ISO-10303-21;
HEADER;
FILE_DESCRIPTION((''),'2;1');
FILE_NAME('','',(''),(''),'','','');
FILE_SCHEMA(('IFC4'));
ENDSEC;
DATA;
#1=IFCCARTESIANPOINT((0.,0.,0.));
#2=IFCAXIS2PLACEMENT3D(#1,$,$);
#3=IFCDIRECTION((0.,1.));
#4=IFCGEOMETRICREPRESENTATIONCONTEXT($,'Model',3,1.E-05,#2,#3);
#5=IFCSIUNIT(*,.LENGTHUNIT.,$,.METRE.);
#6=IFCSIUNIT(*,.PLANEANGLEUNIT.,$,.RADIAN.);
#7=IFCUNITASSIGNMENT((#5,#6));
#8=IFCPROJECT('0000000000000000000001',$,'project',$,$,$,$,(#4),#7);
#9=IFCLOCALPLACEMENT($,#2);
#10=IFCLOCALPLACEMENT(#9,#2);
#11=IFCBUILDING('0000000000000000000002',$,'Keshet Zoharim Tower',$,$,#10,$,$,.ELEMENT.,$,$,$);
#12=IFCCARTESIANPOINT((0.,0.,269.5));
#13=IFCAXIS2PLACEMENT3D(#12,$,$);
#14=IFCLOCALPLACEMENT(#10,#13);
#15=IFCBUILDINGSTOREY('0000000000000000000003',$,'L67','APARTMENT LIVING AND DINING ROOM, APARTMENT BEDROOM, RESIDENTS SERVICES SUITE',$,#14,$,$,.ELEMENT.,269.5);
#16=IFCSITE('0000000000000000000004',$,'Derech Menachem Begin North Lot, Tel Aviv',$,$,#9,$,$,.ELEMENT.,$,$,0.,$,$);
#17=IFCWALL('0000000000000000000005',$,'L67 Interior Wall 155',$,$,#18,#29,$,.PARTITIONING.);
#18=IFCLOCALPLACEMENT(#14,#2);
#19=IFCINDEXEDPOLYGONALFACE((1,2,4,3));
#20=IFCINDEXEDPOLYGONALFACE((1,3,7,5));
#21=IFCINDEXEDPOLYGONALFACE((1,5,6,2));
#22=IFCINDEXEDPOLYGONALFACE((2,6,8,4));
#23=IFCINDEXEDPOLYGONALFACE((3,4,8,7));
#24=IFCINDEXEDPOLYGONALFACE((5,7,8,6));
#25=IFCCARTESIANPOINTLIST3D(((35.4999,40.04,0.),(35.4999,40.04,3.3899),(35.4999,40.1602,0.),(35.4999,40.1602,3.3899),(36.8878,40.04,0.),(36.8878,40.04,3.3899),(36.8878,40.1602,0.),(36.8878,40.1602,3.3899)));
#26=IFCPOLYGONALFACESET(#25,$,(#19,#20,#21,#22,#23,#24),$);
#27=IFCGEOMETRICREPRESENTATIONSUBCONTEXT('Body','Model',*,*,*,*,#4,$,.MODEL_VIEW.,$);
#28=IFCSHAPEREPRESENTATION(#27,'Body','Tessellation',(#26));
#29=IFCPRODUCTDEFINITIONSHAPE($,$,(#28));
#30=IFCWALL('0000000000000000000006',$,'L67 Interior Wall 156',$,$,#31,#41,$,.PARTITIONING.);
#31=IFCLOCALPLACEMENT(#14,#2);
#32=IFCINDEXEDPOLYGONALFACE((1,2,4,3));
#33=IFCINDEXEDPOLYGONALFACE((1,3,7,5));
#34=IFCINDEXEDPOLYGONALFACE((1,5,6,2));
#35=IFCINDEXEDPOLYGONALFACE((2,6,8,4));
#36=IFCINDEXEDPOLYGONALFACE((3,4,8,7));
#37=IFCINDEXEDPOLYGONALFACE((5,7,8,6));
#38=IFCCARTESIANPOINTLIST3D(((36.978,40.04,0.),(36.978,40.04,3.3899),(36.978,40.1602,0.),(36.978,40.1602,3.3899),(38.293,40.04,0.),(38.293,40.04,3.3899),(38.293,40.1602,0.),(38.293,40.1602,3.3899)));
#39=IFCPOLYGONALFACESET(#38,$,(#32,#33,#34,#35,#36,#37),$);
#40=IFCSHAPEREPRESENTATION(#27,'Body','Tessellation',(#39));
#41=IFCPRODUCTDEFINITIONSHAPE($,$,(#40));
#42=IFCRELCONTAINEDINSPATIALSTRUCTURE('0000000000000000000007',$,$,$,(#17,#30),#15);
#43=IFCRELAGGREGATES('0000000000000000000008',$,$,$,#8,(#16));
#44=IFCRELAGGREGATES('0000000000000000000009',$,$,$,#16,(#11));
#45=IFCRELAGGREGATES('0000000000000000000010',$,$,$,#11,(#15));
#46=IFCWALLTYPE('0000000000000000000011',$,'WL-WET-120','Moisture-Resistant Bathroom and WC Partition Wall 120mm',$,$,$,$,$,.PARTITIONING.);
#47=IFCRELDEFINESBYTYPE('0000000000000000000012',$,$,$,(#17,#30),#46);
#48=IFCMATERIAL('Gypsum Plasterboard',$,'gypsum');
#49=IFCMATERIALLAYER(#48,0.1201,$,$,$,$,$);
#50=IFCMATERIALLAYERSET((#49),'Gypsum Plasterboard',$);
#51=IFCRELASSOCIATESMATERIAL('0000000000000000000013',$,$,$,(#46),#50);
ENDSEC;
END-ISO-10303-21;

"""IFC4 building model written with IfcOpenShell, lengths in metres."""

from ifc_helpers import new_model, si_unit, direction, frame, frame_2d, origin, place, context, subcontext, project, spatial, rectangle, extrude, material, layer, layer_set, type_object, element, save


model = new_model("IFC4")

# Units and contexts
model_context = context("Model", 3, precision=1e-05, world=origin(), true_north=direction((0.0, 1.0)))
body_context = subcontext(model_context, "Body", "Model", "MODEL_VIEW")
ifc_project = project(units=[si_unit("LENGTHUNIT", "METRE"), si_unit("PLANEANGLEUNIT", "RADIAN")], contexts=[model_context])

# Site, building, storey
site_placement = place(None, origin())
site = spatial("IfcSite", under=ifc_project, at=site_placement, Name="Derech Menachem Begin North Lot, Tel Aviv", CompositionType="ELEMENT", RefElevation=0.0)
building_placement = place(site_placement, origin())
building = spatial("IfcBuilding", under=site, at=building_placement, Name="Keshet Zoharim Tower", CompositionType="ELEMENT")
storey_placement = place(building_placement, frame((0.0, 0.0, 269.5)))
storey = spatial("IfcBuildingStorey", under=building, at=storey_placement, Name="L67", Description="APARTMENT LIVING AND DINING ROOM, APARTMENT BEDROOM, RESIDENTS SERVICES SUITE", CompositionType="ELEMENT", Elevation=269.5)

# Shared definitions
ifc_material_1 = material(Name="Gypsum Plasterboard", Category="gypsum")

# Shared definitions
ifc_layer_1 = layer(ifc_material_1, 0.1201)
ifc_layer_set_1 = layer_set([ifc_layer_1], Name="Gypsum Plasterboard")
wall_type_1 = type_object("IfcWallType", Name="WL-WET-120", Description="Moisture-Resistant Bathroom and WC Partition Wall 120mm", PredefinedType="PARTITIONING", material=ifc_layer_set_1)

# Walls
wall_1_placement = place(storey_placement, frame((35.5, 40.1001, 0.0), z_axis=(0.0, 0.0, 1.0), x_axis=(1.0, 0.0, 0.0)))
element("IfcWall", 1, at=wall_1_placement, inside=storey, type_object=wall_type_1, Name="L67 Interior Wall 155", PredefinedType="PARTITIONING", context=body_context, shape_type="SweptSolid", body=[
    extrude(rectangle(XDim=1.3879, YDim=0.1201, at=frame_2d((0.6938, 0.0))), origin(), (0.0, 0.0, 1.0), 3.3899),
])
wall_2_placement = place(storey_placement, frame((36.978, 40.1001, 0.0), z_axis=(0.0, 0.0, 1.0), x_axis=(1.0, 0.0, 0.0)))
element("IfcWall", 2, at=wall_2_placement, inside=storey, type_object=wall_type_1, Name="L67 Interior Wall 156", PredefinedType="PARTITIONING", context=body_context, shape_type="SweptSolid", body=[
    extrude(rectangle(XDim=1.3149, YDim=0.1201, at=frame_2d((0.6575, 0.0))), origin(), (0.0, 0.0, 1.0), 3.3899),
])

save(model, "model.ifc")
